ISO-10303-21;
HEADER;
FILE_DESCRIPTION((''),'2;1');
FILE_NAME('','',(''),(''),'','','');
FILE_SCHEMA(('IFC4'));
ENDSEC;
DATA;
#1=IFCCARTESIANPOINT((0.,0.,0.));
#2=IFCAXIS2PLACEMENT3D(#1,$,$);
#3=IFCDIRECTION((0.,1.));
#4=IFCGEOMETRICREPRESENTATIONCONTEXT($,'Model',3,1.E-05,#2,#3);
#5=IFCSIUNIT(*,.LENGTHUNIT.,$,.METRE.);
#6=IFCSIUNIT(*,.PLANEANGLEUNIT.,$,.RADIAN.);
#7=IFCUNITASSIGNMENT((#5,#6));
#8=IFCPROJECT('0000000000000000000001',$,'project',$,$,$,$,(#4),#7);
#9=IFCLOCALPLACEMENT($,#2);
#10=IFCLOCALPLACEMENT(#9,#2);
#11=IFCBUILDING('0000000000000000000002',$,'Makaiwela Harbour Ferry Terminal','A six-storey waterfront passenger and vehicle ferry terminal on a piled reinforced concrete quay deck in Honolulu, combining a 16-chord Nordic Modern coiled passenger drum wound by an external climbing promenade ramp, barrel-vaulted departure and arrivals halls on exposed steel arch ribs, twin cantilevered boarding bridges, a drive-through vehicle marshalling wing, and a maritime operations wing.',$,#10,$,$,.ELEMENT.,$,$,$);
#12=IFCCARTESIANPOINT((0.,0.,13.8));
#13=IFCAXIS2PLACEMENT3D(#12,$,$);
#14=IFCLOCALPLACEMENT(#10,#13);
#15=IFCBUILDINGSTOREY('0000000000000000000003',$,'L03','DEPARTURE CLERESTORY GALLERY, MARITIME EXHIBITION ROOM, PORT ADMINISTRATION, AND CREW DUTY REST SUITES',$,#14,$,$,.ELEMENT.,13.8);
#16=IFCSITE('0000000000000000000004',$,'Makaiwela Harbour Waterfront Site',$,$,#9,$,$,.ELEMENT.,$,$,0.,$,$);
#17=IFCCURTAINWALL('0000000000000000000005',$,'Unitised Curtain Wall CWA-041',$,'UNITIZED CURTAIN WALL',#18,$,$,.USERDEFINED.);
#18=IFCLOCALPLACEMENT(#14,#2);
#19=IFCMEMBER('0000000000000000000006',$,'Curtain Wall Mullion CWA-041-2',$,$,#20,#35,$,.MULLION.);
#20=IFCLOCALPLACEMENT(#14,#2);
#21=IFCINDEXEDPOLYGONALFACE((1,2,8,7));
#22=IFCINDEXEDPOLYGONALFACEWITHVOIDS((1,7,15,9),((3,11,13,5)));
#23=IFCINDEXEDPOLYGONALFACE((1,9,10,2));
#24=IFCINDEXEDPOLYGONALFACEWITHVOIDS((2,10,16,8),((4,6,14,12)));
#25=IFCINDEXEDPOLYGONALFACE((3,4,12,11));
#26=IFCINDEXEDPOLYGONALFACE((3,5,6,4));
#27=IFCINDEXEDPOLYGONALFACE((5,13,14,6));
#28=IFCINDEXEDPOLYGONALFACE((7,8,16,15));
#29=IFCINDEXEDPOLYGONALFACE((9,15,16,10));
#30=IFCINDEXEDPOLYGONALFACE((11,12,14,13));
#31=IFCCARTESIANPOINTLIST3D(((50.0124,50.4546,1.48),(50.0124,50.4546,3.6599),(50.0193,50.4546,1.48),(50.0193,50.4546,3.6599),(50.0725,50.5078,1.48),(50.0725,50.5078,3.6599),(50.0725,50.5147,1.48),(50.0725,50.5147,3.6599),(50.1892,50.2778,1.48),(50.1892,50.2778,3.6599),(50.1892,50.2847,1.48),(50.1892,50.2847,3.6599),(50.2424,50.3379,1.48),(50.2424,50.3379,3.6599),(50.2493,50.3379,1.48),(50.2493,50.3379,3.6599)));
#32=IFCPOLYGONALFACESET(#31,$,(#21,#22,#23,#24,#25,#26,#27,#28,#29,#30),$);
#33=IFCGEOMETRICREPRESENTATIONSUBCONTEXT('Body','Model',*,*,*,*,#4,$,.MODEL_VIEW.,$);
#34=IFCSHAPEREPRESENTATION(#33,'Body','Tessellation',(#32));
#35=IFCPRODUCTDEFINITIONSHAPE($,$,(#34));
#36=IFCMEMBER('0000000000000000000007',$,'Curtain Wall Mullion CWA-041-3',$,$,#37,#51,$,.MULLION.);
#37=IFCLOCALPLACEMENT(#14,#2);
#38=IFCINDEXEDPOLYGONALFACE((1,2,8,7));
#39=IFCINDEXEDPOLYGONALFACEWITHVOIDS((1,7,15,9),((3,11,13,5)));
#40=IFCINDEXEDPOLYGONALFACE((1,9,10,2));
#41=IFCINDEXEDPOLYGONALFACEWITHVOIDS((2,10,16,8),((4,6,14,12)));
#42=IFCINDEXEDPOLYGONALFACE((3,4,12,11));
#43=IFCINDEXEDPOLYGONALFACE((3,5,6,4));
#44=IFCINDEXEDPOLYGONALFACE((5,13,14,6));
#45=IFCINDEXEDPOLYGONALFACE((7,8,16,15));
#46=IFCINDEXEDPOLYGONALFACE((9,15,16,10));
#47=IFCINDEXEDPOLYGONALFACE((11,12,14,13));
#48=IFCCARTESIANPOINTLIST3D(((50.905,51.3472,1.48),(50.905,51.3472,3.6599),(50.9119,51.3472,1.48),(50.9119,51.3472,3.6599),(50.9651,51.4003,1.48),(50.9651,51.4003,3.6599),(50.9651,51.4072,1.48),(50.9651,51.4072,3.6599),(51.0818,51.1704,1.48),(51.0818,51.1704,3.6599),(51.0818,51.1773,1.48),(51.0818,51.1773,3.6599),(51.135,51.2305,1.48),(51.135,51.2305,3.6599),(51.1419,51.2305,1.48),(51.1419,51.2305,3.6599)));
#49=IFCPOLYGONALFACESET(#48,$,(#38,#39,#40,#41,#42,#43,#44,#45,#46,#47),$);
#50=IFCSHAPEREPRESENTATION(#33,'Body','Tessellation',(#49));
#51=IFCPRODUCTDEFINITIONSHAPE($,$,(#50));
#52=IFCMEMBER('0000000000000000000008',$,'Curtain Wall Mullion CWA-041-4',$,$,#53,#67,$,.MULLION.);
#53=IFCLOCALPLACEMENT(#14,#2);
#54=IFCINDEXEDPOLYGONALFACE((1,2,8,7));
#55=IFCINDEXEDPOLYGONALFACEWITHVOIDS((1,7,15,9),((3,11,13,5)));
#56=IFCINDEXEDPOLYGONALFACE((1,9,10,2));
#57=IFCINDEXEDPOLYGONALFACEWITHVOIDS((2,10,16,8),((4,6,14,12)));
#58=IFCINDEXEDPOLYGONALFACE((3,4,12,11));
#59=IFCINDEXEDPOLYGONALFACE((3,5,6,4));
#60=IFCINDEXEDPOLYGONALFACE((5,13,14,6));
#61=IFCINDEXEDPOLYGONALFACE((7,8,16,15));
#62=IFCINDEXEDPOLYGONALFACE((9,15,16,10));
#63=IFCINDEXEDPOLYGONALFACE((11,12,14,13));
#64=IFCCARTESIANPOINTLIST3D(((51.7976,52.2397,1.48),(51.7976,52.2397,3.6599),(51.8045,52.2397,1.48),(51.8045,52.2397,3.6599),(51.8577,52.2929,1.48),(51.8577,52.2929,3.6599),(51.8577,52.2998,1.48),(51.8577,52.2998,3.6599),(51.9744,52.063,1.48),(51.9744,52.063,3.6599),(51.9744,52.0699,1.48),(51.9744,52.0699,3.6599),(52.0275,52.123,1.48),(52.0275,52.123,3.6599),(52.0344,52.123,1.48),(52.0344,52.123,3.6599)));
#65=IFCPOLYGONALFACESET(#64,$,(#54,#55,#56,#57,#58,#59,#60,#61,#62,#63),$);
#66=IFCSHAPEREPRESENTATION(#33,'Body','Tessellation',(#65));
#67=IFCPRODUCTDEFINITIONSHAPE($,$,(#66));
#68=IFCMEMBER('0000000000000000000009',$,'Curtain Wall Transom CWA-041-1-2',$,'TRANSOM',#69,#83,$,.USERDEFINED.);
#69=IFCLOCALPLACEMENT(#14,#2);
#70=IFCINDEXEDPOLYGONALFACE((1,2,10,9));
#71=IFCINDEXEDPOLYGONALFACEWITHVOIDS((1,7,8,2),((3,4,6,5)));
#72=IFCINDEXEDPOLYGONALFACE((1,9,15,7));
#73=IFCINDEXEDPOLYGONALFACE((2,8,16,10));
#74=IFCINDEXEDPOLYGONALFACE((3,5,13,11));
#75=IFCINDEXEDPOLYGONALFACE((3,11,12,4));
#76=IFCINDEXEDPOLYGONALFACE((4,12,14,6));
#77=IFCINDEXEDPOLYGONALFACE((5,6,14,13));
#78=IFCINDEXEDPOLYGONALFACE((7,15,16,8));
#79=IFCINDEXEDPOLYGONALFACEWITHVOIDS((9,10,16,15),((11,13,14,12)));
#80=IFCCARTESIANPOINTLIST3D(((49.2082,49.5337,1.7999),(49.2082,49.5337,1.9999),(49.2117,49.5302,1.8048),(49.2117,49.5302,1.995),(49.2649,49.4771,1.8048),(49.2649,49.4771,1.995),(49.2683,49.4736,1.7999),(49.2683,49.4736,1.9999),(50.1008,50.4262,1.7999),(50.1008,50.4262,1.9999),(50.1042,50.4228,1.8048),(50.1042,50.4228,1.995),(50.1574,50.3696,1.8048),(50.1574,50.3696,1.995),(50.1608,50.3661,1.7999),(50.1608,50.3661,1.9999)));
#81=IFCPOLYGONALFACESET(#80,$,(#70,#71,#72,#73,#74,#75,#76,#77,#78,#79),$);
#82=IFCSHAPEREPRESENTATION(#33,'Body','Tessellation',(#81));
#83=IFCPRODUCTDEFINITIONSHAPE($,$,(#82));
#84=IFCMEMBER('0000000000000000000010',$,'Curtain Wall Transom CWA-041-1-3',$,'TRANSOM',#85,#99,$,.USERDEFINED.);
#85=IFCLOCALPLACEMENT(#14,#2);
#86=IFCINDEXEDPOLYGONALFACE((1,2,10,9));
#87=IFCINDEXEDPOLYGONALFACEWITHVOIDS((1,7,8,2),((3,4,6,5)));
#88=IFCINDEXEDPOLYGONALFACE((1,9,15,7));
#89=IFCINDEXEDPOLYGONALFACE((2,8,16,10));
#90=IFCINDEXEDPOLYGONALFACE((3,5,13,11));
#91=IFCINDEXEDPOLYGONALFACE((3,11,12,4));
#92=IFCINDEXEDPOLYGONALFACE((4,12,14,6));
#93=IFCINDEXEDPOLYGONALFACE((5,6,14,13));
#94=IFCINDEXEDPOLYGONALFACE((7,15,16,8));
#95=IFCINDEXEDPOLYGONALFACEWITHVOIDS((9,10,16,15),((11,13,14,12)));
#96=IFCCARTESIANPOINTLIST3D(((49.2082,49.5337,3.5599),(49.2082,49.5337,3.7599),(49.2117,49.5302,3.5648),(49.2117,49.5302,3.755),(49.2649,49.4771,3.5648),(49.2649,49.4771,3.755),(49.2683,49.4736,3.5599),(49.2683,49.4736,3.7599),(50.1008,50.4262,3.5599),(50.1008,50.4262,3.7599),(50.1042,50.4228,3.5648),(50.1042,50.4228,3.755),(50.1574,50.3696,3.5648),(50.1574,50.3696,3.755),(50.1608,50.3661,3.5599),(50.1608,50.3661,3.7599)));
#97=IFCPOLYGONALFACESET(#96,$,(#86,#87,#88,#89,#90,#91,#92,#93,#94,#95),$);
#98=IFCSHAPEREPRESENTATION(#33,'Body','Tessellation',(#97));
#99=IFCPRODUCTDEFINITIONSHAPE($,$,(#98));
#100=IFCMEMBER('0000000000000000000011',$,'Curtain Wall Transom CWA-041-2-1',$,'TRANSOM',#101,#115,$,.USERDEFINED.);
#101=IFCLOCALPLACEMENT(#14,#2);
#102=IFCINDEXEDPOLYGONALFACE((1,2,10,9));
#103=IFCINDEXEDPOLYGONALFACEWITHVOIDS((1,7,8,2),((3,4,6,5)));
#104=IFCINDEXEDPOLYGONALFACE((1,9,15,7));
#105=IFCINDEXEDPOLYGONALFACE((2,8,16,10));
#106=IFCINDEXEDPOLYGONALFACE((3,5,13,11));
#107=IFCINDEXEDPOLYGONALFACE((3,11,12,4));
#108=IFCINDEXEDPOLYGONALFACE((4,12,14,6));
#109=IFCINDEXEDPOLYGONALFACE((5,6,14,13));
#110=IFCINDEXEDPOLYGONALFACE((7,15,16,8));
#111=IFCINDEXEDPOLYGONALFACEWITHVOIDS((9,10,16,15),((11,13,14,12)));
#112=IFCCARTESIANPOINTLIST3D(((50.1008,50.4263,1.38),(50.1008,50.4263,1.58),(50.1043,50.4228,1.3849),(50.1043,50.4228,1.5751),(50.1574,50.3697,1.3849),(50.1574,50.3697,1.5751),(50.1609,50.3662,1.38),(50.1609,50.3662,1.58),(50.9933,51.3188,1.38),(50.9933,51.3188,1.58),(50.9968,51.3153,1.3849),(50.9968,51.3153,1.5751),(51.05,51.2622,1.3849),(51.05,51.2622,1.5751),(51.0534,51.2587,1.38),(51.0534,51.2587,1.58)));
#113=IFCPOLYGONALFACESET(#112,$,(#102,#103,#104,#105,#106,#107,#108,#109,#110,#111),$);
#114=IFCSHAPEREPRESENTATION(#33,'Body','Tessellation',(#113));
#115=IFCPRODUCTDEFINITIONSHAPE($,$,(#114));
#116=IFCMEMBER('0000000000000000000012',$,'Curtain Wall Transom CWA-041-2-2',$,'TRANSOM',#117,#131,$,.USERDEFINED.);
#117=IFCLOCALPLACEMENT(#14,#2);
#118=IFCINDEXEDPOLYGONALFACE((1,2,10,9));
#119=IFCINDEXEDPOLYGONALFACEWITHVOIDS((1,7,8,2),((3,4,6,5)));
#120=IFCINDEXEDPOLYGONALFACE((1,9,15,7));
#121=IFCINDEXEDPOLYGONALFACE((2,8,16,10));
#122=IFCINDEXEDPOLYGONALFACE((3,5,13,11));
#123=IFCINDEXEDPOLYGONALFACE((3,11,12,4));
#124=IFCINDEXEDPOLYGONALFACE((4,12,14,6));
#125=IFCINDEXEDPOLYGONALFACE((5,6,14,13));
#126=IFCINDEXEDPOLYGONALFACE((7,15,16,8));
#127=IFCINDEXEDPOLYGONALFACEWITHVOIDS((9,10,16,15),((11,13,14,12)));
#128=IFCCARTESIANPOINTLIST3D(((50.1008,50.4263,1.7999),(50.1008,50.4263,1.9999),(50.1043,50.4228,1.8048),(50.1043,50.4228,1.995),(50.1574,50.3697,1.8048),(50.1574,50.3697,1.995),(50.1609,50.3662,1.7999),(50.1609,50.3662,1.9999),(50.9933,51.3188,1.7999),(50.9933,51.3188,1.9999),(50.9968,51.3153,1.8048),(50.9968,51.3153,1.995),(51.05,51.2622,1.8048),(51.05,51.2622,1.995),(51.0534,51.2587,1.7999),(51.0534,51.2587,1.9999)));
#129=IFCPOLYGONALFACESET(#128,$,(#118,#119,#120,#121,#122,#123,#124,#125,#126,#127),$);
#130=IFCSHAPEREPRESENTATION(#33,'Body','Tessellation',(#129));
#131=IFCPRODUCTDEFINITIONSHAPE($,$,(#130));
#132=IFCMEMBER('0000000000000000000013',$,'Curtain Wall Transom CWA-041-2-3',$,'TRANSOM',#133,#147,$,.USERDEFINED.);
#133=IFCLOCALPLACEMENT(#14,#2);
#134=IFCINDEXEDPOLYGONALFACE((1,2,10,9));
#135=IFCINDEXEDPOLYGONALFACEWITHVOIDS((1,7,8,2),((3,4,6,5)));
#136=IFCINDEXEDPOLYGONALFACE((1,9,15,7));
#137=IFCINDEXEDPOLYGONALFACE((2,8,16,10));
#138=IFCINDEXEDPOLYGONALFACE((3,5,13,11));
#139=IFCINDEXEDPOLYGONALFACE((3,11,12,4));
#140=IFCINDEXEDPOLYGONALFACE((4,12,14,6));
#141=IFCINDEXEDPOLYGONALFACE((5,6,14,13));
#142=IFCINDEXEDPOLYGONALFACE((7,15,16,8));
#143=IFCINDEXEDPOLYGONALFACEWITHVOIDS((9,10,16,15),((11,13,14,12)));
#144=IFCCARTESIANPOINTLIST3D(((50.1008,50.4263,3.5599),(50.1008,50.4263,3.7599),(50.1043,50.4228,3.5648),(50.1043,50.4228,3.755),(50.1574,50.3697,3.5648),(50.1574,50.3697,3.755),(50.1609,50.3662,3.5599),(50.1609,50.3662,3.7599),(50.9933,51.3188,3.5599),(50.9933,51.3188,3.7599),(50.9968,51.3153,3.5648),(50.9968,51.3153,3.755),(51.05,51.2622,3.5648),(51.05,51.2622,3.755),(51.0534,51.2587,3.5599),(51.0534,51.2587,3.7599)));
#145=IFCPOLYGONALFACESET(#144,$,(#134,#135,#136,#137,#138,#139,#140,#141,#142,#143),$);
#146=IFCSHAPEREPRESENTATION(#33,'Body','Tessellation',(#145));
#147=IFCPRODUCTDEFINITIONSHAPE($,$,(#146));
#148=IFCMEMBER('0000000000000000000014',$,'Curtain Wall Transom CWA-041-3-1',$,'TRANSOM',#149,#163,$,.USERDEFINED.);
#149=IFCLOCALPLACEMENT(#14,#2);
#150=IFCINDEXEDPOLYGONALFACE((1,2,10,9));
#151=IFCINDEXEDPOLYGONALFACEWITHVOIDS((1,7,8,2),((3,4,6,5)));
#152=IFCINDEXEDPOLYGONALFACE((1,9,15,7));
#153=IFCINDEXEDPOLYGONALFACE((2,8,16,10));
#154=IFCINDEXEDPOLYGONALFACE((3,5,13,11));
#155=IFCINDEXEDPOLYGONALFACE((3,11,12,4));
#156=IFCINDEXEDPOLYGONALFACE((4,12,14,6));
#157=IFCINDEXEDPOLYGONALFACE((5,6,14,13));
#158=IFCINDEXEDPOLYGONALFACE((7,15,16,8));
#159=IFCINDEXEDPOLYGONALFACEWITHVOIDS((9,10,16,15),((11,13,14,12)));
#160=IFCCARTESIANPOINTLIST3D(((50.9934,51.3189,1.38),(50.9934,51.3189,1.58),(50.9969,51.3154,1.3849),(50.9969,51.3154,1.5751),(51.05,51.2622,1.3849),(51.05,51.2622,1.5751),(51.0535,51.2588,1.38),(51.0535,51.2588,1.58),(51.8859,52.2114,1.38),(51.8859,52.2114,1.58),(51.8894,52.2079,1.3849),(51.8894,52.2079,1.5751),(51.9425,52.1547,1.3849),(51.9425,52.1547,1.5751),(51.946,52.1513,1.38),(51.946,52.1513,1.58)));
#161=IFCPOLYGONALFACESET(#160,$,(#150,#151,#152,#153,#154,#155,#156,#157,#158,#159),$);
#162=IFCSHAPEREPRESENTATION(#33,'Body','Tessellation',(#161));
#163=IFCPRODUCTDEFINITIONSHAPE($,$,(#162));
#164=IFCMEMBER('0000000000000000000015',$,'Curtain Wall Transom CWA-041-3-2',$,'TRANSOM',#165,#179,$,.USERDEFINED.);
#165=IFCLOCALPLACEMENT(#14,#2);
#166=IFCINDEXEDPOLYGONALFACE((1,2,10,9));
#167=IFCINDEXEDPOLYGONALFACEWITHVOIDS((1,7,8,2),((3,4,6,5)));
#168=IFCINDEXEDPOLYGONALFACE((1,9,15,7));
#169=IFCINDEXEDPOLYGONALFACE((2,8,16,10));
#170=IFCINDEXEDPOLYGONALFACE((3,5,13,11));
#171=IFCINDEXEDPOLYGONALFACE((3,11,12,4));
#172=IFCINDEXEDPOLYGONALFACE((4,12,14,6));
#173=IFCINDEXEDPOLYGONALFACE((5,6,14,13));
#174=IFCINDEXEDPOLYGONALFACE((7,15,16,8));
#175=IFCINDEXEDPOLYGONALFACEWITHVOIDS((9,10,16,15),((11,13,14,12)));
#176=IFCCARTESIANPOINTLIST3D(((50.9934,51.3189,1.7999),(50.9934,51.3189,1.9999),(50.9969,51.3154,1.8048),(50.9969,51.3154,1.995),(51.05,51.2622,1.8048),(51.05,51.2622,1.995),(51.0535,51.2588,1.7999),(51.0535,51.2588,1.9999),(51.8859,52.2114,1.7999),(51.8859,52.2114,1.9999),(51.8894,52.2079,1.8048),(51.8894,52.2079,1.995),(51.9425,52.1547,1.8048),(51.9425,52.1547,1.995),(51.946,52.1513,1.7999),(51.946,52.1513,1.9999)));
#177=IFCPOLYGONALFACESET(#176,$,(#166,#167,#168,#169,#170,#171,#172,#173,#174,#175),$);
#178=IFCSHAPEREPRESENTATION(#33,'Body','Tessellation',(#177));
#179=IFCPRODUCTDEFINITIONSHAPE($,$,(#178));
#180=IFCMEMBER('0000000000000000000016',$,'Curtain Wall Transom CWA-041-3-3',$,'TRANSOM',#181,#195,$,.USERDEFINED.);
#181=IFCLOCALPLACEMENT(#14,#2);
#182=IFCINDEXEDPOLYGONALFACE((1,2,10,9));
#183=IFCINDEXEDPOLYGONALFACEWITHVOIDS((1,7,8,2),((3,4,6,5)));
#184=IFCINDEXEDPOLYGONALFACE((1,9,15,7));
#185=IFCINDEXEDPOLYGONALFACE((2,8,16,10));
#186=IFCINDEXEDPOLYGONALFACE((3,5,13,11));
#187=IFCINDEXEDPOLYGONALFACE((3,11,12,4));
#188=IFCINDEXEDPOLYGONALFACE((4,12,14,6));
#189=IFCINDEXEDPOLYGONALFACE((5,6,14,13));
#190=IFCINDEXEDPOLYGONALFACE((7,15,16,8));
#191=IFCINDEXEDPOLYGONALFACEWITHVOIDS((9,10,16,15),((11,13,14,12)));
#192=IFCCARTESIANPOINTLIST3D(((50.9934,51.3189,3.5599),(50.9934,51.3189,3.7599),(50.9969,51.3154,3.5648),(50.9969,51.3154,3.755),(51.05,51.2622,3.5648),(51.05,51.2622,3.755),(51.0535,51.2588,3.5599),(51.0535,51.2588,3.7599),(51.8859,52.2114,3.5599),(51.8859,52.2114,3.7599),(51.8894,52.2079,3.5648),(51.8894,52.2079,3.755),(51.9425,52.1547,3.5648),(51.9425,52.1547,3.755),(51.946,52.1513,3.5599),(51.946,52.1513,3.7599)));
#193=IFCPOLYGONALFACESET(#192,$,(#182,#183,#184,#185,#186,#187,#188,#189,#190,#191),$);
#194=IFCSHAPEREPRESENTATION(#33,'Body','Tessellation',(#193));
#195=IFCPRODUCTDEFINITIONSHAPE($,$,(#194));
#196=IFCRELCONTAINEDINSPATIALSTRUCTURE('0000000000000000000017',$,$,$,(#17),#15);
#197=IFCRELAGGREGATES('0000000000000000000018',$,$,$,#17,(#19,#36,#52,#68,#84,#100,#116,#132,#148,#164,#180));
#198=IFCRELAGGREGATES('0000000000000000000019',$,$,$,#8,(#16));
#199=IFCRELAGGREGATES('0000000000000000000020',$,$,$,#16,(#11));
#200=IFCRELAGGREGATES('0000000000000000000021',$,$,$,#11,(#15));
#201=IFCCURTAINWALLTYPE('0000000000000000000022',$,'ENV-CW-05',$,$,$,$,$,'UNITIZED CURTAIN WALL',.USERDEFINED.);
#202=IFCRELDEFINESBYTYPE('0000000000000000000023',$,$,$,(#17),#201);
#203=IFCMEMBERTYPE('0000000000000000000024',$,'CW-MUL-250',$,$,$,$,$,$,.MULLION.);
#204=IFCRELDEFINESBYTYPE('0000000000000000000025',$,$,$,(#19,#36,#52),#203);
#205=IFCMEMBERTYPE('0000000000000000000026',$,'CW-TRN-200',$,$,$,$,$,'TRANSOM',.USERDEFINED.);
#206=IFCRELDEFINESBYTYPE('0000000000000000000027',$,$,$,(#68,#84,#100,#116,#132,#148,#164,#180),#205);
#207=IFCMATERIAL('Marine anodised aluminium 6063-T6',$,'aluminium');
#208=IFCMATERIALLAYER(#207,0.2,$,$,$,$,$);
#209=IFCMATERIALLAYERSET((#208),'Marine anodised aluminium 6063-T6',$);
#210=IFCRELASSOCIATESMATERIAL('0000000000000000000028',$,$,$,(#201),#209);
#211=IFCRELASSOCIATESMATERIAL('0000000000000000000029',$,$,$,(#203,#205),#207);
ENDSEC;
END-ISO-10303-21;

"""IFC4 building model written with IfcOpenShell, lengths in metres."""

from ifc_helpers import new_model, si_unit, direction, frame, origin, origin_2d, place, context, subcontext, project, spatial, hollow_rectangle, extrude, material, layer, layer_set, material_profile, profile_set, type_object, element, aggregate, save


model = new_model("IFC4")

# Units and contexts
model_context = context("Model", 3, precision=1e-05, world=origin(), true_north=direction((0.0, 1.0)))
body_context = subcontext(model_context, "Body", "Model", "MODEL_VIEW")
ifc_project = project(units=[si_unit("LENGTHUNIT", "METRE"), si_unit("PLANEANGLEUNIT", "RADIAN")], contexts=[model_context])

# Site, building, storey
site_placement = place(None, origin())
site = spatial("IfcSite", under=ifc_project, at=site_placement, Name="Makaiwela Harbour Waterfront Site", CompositionType="ELEMENT", RefElevation=0.0)
building_placement = place(site_placement, origin())
building = spatial("IfcBuilding", under=site, at=building_placement, Name="Makaiwela Harbour Ferry Terminal", Description="A six-storey waterfront passenger and vehicle ferry terminal on a piled reinforced concrete quay deck in Honolulu, combining a 16-chord Nordic Modern coiled passenger drum wound by an external climbing promenade ramp, barrel-vaulted departure and arrivals halls on exposed steel arch ribs, twin cantilevered boarding bridges, a drive-through vehicle marshalling wing, and a maritime operations wing.", CompositionType="ELEMENT")
storey_placement = place(building_placement, frame((0.0, 0.0, 13.8)))
storey = spatial("IfcBuildingStorey", under=building, at=storey_placement, Name="L03", Description="DEPARTURE CLERESTORY GALLERY, MARITIME EXHIBITION ROOM, PORT ADMINISTRATION, AND CREW DUTY REST SUITES", CompositionType="ELEMENT", Elevation=13.8)

# Curtain wall, members
ifc_material_1 = material(Name="Marine anodised aluminium 6063-T6", Category="aluminium")
ifc_layer_1 = layer(ifc_material_1, 0.2)
ifc_layer_set_1 = layer_set([ifc_layer_1], Name="Marine anodised aluminium 6063-T6")
curtain_wall_type = type_object("IfcCurtainWallType", Name="ENV-CW-05", ElementType="UNITIZED CURTAIN WALL", PredefinedType="USERDEFINED", material=ifc_layer_set_1)
curtain_wall_placement = place(storey_placement, origin())
curtain_wall = element("IfcCurtainWall", 1, at=curtain_wall_placement, inside=storey, type_object=curtain_wall_type, Name="Unitised Curtain Wall CWA-041", ObjectType="UNITIZED CURTAIN WALL", PredefinedType="USERDEFINED")
ifc_material_profile_1 = material_profile(ifc_material_1, hollow_rectangle(XDim=0.085, YDim=0.25, WallThickness=0.0049, at=origin_2d()), Name="CWM-250X85")
ifc_profile_set_1 = profile_set([ifc_material_profile_1], Name="Marine anodised aluminium 6063-T6")
member_type_1 = type_object("IfcMemberType", Name="CW-MUL-250", PredefinedType="MULLION", material=ifc_profile_set_1)
member_1_placement = place(storey_placement, frame((50.1309, 50.3962, 1.48), z_axis=(0.0, 0.0, 1.0), x_axis=(0.707107, 0.707107, 0.0)))
member_1 = element("IfcMember", 2, at=member_1_placement, type_object=member_type_1, Name="Curtain Wall Mullion CWA-041-2", PredefinedType="MULLION", context=body_context, shape_type="SweptSolid", body=[
    extrude(hollow_rectangle(XDim=0.085, YDim=0.25, WallThickness=0.0049, at=origin_2d()), origin(), (0.0, 0.0, 1.0), 2.1799),
])
member_2_placement = place(storey_placement, frame((51.0234, 51.2888, 1.48), z_axis=(0.0, 0.0, 1.0), x_axis=(0.707107, 0.707107, 0.0)))
member_2 = element("IfcMember", 3, at=member_2_placement, type_object=member_type_1, Name="Curtain Wall Mullion CWA-041-3", PredefinedType="MULLION", context=body_context, shape_type="SweptSolid", body=[
    extrude(hollow_rectangle(XDim=0.085, YDim=0.25, WallThickness=0.0049, at=origin_2d()), origin(), (0.0, 0.0, 1.0), 2.1799),
])
member_3_placement = place(storey_placement, frame((51.916, 52.1814, 1.48), z_axis=(0.0, 0.0, 1.0), x_axis=(0.707107, 0.707107, 0.0)))
member_3 = element("IfcMember", 4, at=member_3_placement, type_object=member_type_1, Name="Curtain Wall Mullion CWA-041-4", PredefinedType="MULLION", context=body_context, shape_type="SweptSolid", body=[
    extrude(hollow_rectangle(XDim=0.085, YDim=0.25, WallThickness=0.0049, at=origin_2d()), origin(), (0.0, 0.0, 1.0), 2.1799),
])
ifc_material_profile_2 = material_profile(ifc_material_1, hollow_rectangle(XDim=0.085, YDim=0.2, WallThickness=0.0049, at=origin_2d()), Name="CWT-200X85")
ifc_profile_set_2 = profile_set([ifc_material_profile_2], Name="Marine anodised aluminium 6063-T6")
member_type_2 = type_object("IfcMemberType", Name="CW-TRN-200", ElementType="TRANSOM", PredefinedType="USERDEFINED", material=ifc_profile_set_2)
member_4_placement = place(storey_placement, frame((49.2383, 49.5037, 1.8999), z_axis=(0.707107, 0.707107, 0.0), x_axis=(-0.707107, 0.707107, 0.0)))
member_4 = element("IfcMember", 5, at=member_4_placement, type_object=member_type_2, Name="Curtain Wall Transom CWA-041-1-2", ObjectType="TRANSOM", PredefinedType="USERDEFINED", context=body_context, shape_type="SweptSolid", body=[
    extrude(hollow_rectangle(XDim=0.085, YDim=0.2, WallThickness=0.0049, at=origin_2d()), origin(), (0.0, 0.0, 1.0), 1.2622),
])
member_5_placement = place(storey_placement, frame((49.2383, 49.5037, 3.6599), z_axis=(0.707107, 0.707107, 0.0), x_axis=(-0.707107, 0.707107, 0.0)))
member_5 = element("IfcMember", 6, at=member_5_placement, type_object=member_type_2, Name="Curtain Wall Transom CWA-041-1-3", ObjectType="TRANSOM", PredefinedType="USERDEFINED", context=body_context, shape_type="SweptSolid", body=[
    extrude(hollow_rectangle(XDim=0.085, YDim=0.2, WallThickness=0.0049, at=origin_2d()), origin(), (0.0, 0.0, 1.0), 1.2622),
])
member_6_placement = place(storey_placement, frame((50.1309, 50.3962, 1.48), z_axis=(0.707107, 0.707107, 0.0), x_axis=(-0.707107, 0.707107, 0.0)))
member_6 = element("IfcMember", 7, at=member_6_placement, type_object=member_type_2, Name="Curtain Wall Transom CWA-041-2-1", ObjectType="TRANSOM", PredefinedType="USERDEFINED", context=body_context, shape_type="SweptSolid", body=[
    extrude(hollow_rectangle(XDim=0.085, YDim=0.2, WallThickness=0.0049, at=origin_2d()), origin(), (0.0, 0.0, 1.0), 1.2622),
])
member_7_placement = place(storey_placement, frame((50.1309, 50.3962, 1.8999), z_axis=(0.707107, 0.707107, 0.0), x_axis=(-0.707107, 0.707107, 0.0)))
member_7 = element("IfcMember", 8, at=member_7_placement, type_object=member_type_2, Name="Curtain Wall Transom CWA-041-2-2", ObjectType="TRANSOM", PredefinedType="USERDEFINED", context=body_context, shape_type="SweptSolid", body=[
    extrude(hollow_rectangle(XDim=0.085, YDim=0.2, WallThickness=0.0049, at=origin_2d()), origin(), (0.0, 0.0, 1.0), 1.2622),
])
member_8_placement = place(storey_placement, frame((50.1309, 50.3962, 3.6599), z_axis=(0.707107, 0.707107, 0.0), x_axis=(-0.707107, 0.707107, 0.0)))
member_8 = element("IfcMember", 9, at=member_8_placement, type_object=member_type_2, Name="Curtain Wall Transom CWA-041-2-3", ObjectType="TRANSOM", PredefinedType="USERDEFINED", context=body_context, shape_type="SweptSolid", body=[
    extrude(hollow_rectangle(XDim=0.085, YDim=0.2, WallThickness=0.0049, at=origin_2d()), origin(), (0.0, 0.0, 1.0), 1.2622),
])
member_9_placement = place(storey_placement, frame((51.0234, 51.2888, 1.48), z_axis=(0.707107, 0.707107, 0.0), x_axis=(-0.707107, 0.707107, 0.0)))
member_9 = element("IfcMember", 10, at=member_9_placement, type_object=member_type_2, Name="Curtain Wall Transom CWA-041-3-1", ObjectType="TRANSOM", PredefinedType="USERDEFINED", context=body_context, shape_type="SweptSolid", body=[
    extrude(hollow_rectangle(XDim=0.085, YDim=0.2, WallThickness=0.0049, at=origin_2d()), origin(), (0.0, 0.0, 1.0), 1.2622),
])
member_10_placement = place(storey_placement, frame((51.0234, 51.2888, 1.8999), z_axis=(0.707107, 0.707107, 0.0), x_axis=(-0.707107, 0.707107, 0.0)))
member_10 = element("IfcMember", 11, at=member_10_placement, type_object=member_type_2, Name="Curtain Wall Transom CWA-041-3-2", ObjectType="TRANSOM", PredefinedType="USERDEFINED", context=body_context, shape_type="SweptSolid", body=[
    extrude(hollow_rectangle(XDim=0.085, YDim=0.2, WallThickness=0.0049, at=origin_2d()), origin(), (0.0, 0.0, 1.0), 1.2622),
])
member_11_placement = place(storey_placement, frame((51.0234, 51.2888, 3.6599), z_axis=(0.707107, 0.707107, 0.0), x_axis=(-0.707107, 0.707107, 0.0)))
member_11 = element("IfcMember", 12, at=member_11_placement, type_object=member_type_2, Name="Curtain Wall Transom CWA-041-3-3", ObjectType="TRANSOM", PredefinedType="USERDEFINED", context=body_context, shape_type="SweptSolid", body=[
    extrude(hollow_rectangle(XDim=0.085, YDim=0.2, WallThickness=0.0049, at=origin_2d()), origin(), (0.0, 0.0, 1.0), 1.2622),
])

aggregate(curtain_wall, [member_1, member_2, member_3, member_4, member_5, member_6, member_7, member_8, member_9, member_10, member_11])

save(model, "model.ifc")
